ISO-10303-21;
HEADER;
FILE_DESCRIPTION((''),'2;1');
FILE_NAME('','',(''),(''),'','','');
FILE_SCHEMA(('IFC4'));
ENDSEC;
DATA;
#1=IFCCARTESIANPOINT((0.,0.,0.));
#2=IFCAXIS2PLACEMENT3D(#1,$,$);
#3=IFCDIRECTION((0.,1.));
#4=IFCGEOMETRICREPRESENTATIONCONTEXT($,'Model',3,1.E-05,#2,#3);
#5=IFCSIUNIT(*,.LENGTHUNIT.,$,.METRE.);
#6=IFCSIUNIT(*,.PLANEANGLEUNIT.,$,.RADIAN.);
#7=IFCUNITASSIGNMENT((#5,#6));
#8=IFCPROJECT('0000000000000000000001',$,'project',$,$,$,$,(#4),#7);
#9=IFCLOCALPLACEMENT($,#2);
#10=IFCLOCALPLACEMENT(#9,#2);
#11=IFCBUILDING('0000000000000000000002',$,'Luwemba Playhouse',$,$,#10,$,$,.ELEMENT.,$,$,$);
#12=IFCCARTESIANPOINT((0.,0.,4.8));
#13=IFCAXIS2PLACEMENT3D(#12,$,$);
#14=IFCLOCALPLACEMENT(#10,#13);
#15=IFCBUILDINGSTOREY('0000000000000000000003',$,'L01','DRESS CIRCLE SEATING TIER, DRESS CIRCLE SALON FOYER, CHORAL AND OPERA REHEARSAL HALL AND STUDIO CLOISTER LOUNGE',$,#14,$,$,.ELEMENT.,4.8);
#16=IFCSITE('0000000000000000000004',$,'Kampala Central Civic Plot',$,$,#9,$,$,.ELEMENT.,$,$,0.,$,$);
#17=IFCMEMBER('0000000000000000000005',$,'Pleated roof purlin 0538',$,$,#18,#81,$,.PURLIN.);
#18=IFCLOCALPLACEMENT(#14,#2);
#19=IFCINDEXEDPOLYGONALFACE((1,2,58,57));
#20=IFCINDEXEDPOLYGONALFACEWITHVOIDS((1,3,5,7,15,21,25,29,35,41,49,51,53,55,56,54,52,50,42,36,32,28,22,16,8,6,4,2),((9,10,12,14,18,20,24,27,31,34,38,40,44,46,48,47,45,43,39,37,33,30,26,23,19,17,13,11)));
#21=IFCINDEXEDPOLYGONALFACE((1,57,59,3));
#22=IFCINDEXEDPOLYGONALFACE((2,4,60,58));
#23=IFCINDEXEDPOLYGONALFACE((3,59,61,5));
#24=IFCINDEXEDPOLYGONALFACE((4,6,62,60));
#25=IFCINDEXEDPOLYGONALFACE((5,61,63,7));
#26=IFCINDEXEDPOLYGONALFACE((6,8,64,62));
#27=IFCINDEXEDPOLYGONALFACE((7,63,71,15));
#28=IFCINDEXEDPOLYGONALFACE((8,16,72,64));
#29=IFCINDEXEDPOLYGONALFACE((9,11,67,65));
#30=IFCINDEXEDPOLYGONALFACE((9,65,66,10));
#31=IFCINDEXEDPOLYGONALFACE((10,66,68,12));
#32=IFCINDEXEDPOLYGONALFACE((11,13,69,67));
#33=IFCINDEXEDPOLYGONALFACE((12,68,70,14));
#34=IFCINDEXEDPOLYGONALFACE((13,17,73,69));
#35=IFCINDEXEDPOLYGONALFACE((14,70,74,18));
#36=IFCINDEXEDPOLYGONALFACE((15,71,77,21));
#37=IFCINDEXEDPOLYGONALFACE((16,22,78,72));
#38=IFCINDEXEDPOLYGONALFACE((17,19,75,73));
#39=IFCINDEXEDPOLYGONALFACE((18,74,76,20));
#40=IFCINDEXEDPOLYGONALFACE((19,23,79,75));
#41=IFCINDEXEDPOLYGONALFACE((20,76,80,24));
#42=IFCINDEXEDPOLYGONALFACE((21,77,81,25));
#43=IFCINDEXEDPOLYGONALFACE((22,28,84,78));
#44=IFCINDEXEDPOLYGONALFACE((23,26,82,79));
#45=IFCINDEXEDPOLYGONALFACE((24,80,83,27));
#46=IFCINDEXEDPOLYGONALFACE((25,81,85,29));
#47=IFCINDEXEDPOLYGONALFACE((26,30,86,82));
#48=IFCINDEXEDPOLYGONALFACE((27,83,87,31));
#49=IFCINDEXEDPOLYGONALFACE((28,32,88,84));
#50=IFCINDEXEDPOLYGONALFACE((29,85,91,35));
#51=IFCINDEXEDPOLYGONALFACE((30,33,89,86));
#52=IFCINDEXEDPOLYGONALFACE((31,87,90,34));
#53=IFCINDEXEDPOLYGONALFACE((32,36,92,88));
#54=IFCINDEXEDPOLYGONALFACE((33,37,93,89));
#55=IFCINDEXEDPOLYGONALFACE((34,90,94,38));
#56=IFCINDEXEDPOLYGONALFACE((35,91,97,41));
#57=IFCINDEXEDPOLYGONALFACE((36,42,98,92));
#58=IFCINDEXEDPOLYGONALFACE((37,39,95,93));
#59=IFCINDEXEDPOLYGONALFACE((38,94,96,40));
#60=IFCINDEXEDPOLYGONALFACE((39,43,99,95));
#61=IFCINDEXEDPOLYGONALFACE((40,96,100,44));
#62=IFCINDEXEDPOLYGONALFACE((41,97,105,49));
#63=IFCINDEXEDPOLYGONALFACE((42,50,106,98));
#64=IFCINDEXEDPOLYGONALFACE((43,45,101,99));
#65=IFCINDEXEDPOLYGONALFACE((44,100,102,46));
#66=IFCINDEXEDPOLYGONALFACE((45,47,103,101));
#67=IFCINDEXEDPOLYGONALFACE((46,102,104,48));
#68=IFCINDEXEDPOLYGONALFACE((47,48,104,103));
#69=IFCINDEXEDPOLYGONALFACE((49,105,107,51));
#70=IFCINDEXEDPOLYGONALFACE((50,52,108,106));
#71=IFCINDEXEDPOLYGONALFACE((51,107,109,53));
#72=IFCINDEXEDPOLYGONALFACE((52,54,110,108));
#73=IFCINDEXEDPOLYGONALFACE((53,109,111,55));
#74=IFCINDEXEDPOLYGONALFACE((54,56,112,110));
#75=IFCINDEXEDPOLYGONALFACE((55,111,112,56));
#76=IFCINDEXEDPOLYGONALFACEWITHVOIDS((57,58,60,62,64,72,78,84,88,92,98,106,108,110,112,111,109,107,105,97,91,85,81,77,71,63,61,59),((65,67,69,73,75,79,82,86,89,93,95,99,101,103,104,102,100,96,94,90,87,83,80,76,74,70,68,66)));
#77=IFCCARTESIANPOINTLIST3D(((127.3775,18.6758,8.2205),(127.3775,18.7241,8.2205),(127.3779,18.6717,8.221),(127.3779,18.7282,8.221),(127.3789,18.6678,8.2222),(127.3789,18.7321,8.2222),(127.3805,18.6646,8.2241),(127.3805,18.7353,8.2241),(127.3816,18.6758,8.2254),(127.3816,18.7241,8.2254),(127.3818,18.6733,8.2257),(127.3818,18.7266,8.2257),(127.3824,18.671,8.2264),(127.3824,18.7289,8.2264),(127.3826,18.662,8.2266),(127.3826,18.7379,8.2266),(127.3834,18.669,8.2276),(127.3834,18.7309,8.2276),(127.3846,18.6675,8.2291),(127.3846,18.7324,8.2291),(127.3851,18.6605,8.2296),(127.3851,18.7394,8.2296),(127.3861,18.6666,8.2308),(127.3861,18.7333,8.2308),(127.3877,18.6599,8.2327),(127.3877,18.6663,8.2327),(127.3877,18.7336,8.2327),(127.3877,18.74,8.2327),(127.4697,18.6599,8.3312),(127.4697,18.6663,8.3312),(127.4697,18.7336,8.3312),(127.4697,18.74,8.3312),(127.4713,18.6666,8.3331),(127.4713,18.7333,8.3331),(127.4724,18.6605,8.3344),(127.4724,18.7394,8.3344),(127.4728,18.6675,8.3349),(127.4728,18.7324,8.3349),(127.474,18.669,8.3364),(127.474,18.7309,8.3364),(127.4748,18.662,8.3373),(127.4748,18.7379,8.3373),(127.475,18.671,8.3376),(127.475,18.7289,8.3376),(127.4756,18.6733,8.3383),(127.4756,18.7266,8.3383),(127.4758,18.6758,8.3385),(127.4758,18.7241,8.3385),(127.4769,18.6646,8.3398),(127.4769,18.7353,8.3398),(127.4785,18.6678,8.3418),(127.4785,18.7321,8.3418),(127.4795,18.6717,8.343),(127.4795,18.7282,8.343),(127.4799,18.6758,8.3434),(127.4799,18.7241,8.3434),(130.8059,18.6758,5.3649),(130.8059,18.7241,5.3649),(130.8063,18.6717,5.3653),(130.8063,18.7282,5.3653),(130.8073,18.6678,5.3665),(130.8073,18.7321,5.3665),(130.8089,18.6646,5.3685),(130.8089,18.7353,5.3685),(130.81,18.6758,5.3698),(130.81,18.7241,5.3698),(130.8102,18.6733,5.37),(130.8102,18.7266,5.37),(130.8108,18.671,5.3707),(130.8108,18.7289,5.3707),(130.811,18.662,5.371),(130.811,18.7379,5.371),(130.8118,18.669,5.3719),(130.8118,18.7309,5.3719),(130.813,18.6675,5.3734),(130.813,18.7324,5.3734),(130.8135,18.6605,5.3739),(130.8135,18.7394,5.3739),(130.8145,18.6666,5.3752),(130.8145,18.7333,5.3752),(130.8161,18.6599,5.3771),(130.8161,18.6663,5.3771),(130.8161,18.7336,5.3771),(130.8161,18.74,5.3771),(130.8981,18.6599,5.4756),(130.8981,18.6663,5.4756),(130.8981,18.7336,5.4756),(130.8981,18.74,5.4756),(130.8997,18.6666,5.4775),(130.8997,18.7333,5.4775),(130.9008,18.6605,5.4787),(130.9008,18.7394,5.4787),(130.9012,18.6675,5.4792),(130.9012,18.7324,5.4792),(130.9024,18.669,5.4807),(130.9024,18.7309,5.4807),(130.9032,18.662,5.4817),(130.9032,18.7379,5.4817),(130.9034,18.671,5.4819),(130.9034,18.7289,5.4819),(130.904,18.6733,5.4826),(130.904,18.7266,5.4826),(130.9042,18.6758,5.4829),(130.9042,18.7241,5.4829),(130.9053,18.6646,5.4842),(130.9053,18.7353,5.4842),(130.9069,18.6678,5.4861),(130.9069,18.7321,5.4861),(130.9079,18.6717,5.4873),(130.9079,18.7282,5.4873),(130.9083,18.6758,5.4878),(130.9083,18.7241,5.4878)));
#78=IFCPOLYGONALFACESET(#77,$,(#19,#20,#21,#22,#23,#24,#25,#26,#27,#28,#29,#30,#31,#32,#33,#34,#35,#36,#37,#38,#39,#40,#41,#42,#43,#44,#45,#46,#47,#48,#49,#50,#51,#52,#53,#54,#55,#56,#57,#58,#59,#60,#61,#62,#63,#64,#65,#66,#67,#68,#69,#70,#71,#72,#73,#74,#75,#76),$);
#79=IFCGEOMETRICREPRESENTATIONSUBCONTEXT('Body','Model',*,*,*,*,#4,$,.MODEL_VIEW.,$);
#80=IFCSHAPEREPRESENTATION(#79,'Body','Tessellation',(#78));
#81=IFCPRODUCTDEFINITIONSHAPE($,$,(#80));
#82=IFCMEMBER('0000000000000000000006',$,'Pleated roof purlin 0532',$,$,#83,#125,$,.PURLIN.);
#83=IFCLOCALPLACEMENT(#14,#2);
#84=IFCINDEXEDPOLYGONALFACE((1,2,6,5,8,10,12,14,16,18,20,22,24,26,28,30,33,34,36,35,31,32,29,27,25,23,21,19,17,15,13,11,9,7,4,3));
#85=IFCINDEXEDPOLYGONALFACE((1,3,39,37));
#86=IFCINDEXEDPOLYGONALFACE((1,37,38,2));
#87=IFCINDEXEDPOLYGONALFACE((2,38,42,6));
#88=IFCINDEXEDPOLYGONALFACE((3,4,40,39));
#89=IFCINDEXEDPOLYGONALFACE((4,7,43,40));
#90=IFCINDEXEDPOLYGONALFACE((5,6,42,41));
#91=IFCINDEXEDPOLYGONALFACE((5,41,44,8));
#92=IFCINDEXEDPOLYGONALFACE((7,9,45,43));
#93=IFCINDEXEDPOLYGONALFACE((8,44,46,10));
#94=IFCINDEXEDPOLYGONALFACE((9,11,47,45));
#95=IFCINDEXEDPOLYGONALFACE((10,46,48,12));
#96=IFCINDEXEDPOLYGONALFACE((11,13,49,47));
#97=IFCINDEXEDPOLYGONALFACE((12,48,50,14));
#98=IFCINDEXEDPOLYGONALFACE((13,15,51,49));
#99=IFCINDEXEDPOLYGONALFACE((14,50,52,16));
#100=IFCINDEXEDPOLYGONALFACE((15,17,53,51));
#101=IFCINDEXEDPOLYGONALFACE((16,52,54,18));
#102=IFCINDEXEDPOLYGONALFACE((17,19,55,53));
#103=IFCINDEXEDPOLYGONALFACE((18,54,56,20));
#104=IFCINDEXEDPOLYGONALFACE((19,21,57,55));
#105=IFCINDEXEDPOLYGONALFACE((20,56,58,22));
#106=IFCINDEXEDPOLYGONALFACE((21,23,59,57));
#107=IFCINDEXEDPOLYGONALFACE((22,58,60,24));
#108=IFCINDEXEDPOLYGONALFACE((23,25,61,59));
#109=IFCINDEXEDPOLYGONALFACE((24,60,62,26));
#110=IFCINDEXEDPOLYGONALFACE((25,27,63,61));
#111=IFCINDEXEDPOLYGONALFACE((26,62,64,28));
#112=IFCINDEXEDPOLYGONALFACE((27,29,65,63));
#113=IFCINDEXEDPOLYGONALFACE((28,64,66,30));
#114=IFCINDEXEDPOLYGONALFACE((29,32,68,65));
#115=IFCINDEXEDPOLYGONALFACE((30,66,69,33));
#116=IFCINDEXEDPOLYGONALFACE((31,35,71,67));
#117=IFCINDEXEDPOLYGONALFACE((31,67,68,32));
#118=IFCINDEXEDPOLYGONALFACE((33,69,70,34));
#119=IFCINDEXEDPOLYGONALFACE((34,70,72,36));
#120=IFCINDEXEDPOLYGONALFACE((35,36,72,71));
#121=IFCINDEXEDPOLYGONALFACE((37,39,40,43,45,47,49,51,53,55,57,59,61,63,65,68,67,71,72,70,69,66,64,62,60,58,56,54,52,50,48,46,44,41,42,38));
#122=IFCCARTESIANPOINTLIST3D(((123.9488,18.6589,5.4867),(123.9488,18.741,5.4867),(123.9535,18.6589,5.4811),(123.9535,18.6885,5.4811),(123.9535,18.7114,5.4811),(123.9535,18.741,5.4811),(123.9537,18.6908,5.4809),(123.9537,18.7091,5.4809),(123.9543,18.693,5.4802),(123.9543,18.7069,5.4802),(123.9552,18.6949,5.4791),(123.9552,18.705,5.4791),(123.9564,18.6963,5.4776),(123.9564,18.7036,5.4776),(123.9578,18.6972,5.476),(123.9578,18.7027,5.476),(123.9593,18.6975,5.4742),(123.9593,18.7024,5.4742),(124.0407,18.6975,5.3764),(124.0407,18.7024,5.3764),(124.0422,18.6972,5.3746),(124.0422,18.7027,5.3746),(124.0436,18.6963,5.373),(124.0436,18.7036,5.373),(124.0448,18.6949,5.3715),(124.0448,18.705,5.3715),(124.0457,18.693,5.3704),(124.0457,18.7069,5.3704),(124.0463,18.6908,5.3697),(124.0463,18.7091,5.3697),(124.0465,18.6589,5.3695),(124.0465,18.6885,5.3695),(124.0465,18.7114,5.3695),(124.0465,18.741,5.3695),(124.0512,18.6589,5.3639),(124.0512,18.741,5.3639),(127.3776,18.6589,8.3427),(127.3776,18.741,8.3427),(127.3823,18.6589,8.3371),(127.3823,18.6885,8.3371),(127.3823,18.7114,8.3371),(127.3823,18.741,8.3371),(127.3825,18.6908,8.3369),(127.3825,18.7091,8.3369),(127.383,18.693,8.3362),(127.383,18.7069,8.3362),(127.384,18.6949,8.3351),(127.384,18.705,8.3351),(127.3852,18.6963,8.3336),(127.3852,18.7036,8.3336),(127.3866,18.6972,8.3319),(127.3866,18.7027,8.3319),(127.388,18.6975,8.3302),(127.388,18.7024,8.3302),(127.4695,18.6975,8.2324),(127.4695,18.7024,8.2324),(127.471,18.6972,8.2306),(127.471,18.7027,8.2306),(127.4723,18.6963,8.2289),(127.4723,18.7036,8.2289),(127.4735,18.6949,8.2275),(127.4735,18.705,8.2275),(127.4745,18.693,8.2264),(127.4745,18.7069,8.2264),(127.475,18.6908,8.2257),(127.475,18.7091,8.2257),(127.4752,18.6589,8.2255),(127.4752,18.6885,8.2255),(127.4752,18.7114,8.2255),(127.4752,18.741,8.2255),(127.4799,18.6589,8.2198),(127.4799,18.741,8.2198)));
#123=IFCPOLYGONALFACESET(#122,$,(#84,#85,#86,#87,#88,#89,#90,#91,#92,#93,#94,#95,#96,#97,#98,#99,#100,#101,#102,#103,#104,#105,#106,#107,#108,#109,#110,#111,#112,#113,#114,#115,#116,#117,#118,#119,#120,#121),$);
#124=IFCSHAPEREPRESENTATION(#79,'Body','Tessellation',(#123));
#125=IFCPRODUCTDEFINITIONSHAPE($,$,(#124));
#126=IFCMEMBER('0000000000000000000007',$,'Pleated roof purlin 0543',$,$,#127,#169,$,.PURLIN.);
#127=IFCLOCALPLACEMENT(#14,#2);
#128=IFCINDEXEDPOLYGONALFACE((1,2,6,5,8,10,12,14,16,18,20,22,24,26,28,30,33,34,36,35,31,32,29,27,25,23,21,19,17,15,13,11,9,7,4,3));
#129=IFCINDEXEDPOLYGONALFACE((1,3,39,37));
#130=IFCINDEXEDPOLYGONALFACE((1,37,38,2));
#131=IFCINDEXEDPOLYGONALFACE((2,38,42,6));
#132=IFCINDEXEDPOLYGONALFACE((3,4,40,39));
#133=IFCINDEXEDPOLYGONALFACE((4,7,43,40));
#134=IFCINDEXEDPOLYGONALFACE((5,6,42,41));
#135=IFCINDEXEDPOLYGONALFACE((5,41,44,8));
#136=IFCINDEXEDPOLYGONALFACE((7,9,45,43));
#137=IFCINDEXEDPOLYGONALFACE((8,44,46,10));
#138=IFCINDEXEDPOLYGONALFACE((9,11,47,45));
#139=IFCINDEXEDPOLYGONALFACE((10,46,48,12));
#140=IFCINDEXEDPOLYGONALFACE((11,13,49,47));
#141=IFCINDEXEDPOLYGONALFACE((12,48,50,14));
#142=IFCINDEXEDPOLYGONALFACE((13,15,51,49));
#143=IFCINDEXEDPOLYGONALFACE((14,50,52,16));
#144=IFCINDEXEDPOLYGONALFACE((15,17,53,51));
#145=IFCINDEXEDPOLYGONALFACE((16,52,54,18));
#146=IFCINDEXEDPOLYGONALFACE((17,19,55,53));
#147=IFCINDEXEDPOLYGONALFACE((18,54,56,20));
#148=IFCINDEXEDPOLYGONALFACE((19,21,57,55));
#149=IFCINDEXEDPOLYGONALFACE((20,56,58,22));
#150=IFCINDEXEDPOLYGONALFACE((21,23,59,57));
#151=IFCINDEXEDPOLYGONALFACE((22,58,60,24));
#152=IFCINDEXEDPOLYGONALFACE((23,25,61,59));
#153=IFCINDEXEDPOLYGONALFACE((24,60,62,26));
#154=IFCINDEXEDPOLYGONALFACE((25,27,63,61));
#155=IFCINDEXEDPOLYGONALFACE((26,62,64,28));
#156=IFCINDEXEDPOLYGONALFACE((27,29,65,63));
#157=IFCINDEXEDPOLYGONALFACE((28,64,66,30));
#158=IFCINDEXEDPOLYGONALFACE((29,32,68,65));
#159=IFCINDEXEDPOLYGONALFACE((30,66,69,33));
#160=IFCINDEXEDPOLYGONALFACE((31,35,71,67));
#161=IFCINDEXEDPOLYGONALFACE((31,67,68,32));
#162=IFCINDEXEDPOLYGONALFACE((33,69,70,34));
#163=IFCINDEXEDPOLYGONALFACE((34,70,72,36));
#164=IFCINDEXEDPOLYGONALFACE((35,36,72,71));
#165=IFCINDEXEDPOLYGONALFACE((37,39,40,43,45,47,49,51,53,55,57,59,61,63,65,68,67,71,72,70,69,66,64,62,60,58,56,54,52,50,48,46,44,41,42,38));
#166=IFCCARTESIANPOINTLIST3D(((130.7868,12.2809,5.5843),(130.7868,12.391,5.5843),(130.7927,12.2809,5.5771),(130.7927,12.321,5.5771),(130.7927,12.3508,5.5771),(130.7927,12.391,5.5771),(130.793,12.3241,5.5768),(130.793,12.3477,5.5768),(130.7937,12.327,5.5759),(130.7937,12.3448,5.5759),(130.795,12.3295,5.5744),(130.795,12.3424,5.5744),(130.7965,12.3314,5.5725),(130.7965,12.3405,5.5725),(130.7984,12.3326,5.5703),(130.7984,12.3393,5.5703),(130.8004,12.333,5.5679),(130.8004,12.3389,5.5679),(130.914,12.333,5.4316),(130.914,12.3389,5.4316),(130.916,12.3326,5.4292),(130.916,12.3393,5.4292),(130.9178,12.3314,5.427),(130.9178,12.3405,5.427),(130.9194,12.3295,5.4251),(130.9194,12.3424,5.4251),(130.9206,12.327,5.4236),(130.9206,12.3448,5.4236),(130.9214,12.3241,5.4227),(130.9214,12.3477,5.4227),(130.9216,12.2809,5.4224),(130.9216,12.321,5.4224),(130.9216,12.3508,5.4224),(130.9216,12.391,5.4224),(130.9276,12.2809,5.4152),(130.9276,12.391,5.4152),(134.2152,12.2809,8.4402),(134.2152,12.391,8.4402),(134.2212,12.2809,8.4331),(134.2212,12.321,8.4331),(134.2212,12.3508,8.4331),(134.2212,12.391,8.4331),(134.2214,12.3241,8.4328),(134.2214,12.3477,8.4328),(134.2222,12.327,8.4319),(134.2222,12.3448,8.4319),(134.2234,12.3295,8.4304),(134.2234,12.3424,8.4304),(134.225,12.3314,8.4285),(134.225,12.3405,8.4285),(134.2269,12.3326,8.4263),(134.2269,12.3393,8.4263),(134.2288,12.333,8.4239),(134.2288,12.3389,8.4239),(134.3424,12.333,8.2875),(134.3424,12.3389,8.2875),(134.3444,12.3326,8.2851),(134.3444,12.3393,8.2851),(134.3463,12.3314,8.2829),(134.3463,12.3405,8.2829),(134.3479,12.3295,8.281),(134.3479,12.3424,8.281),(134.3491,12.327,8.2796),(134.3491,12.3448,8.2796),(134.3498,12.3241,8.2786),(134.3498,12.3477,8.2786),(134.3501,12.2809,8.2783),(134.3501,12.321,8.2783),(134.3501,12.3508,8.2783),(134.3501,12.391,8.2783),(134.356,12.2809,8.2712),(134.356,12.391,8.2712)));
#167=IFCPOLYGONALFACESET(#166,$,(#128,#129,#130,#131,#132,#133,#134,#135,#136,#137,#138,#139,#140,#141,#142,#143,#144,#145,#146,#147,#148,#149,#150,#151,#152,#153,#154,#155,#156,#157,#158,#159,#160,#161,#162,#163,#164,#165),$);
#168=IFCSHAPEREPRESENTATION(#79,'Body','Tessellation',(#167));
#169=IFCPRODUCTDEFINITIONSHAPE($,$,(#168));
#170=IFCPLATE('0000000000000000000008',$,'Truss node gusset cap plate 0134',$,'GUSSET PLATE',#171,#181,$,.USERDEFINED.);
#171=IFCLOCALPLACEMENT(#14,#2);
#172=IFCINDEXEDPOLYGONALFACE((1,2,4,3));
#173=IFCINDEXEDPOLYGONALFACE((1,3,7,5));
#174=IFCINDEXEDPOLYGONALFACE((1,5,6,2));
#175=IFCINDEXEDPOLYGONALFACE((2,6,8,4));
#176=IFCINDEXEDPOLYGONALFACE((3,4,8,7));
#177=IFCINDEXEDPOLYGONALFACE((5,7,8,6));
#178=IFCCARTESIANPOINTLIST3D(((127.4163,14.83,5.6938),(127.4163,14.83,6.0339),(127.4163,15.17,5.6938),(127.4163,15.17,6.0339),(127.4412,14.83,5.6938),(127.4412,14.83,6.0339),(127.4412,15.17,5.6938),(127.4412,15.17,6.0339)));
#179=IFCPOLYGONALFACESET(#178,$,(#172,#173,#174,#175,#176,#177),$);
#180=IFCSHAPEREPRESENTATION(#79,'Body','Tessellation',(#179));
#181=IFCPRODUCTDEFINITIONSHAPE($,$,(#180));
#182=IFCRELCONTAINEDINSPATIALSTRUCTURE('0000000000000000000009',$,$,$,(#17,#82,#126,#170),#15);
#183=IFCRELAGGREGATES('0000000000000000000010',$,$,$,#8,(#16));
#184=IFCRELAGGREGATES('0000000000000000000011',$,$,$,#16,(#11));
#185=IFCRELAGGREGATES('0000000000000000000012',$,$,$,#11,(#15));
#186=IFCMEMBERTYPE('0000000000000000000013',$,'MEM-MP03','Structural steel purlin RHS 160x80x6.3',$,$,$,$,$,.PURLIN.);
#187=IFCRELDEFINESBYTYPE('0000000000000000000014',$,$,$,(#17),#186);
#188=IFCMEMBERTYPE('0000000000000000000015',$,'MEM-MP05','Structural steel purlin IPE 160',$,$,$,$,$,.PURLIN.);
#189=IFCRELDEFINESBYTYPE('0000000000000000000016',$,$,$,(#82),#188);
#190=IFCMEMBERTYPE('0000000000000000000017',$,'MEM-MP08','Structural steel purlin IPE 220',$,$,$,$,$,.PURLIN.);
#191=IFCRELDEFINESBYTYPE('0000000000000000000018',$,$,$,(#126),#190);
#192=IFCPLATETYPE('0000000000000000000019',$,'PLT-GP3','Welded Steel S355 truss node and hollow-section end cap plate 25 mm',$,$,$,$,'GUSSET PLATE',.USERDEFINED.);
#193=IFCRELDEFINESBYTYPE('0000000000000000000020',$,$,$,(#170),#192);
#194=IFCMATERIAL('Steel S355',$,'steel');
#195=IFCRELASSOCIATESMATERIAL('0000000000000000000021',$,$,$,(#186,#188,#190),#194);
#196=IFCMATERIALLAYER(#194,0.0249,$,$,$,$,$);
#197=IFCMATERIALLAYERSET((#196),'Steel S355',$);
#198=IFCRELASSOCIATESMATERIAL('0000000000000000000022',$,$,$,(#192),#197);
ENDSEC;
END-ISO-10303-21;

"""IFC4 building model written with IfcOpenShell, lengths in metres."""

from ifc_helpers import new_model, si_unit, direction, frame, origin, origin_2d, place, context, subcontext, project, spatial, rectangle, hollow_rectangle, i_section, extrude, material, layer, layer_set, material_profile, profile_set, type_object, element, save


model = new_model("IFC4")

# Units and contexts
model_context = context("Model", 3, precision=1e-05, world=origin(), true_north=direction((0.0, 1.0)))
body_context = subcontext(model_context, "Body", "Model", "MODEL_VIEW")
ifc_project = project(units=[si_unit("LENGTHUNIT", "METRE"), si_unit("PLANEANGLEUNIT", "RADIAN")], contexts=[model_context])

# Site, building, storey
site_placement = place(None, origin())
site = spatial("IfcSite", under=ifc_project, at=site_placement, Name="Kampala Central Civic Plot", CompositionType="ELEMENT", RefElevation=0.0)
building_placement = place(site_placement, origin())
building = spatial("IfcBuilding", under=site, at=building_placement, Name="Luwemba Playhouse", CompositionType="ELEMENT")
storey_placement = place(building_placement, frame((0.0, 0.0, 4.8)))
storey = spatial("IfcBuildingStorey", under=building, at=storey_placement, Name="L01", Description="DRESS CIRCLE SEATING TIER, DRESS CIRCLE SALON FOYER, CHORAL AND OPERA REHEARSAL HALL AND STUDIO CLOISTER LOUNGE", CompositionType="ELEMENT", Elevation=4.8)

# Shared definitions
ifc_material_1 = material(Name="Steel S355", Category="steel")

# Members
ifc_material_profile_1 = material_profile(ifc_material_1, hollow_rectangle(XDim=0.0801, YDim=0.1599, WallThickness=0.0063, InnerFilletRadius=0.0095, OuterFilletRadius=0.0159, at=origin_2d()))
ifc_profile_set_1 = profile_set([ifc_material_profile_1], Name="Steel S355")
member_type_1 = type_object("IfcMemberType", Name="MEM-MP03", Description="Structural steel purlin RHS 160x80x6.3", PredefinedType="PURLIN", material=ifc_profile_set_1)
member_1_placement = place(storey_placement, frame((127.4287, 18.7, 8.282), z_axis=(0.768369, 0.0, -0.640007), x_axis=(0.0, 1.0, 0.0)))
element("IfcMember", 1, at=member_1_placement, inside=storey, type_object=member_type_1, Name="Pleated roof purlin 0538", PredefinedType="PURLIN", context=body_context, shape_type="SweptSolid", body=[
    extrude(hollow_rectangle(XDim=0.0801, YDim=0.1599, WallThickness=0.0063, InnerFilletRadius=0.0095, OuterFilletRadius=0.0159, at=origin_2d()), origin(), (0.0, 0.0, 1.0), 4.4619),
])
ifc_material_profile_2 = material_profile(ifc_material_1, i_section(OverallWidth=0.082, OverallDepth=0.1599, WebThickness=0.0049, FlangeThickness=0.0073, FilletRadius=0.009, at=origin_2d()))
ifc_profile_set_2 = profile_set([ifc_material_profile_2], Name="Steel S355")
member_type_2 = type_object("IfcMemberType", Name="MEM-MP05", Description="Structural steel purlin IPE 160", PredefinedType="PURLIN", material=ifc_profile_set_2)
member_2_placement = place(storey_placement, frame((124.0, 18.7, 5.4253), z_axis=(0.768365, 0.0, 0.640012), x_axis=(0.0, 1.0, 0.0)))
element("IfcMember", 2, at=member_2_placement, inside=storey, type_object=member_type_2, Name="Pleated roof purlin 0532", PredefinedType="PURLIN", context=body_context, shape_type="SweptSolid", body=[
    extrude(i_section(OverallWidth=0.082, OverallDepth=0.1599, WebThickness=0.0049, FlangeThickness=0.0073, FilletRadius=0.009, at=origin_2d()), origin(), (0.0, 0.0, 1.0), 4.4624),
])
ifc_material_profile_3 = material_profile(ifc_material_1, i_section(OverallWidth=0.1101, OverallDepth=0.22, WebThickness=0.0059, FlangeThickness=0.0093, FilletRadius=0.012, at=origin_2d()))
ifc_profile_set_3 = profile_set([ifc_material_profile_3], Name="Steel S355")
member_type_3 = type_object("IfcMemberType", Name="MEM-MP08", Description="Structural steel purlin IPE 220", PredefinedType="PURLIN", material=ifc_profile_set_3)
member_3_placement = place(storey_placement, frame((130.8572, 12.3359, 5.4998), z_axis=(0.768342, 0.0, 0.640039), x_axis=(0.0, 1.0, 0.0)))
element("IfcMember", 3, at=member_3_placement, inside=storey, type_object=member_type_3, Name="Pleated roof purlin 0543", PredefinedType="PURLIN", context=body_context, shape_type="SweptSolid", body=[
    extrude(i_section(OverallWidth=0.1101, OverallDepth=0.22, WebThickness=0.0059, FlangeThickness=0.0093, FilletRadius=0.012, at=origin_2d()), origin(), (0.0, 0.0, 1.0), 4.4622),
])

# Plate
ifc_layer_1 = layer(ifc_material_1, 0.0249)
ifc_layer_set_1 = layer_set([ifc_layer_1], Name="Steel S355")
plate_type = type_object("IfcPlateType", Name="PLT-GP3", Description="Welded Steel S355 truss node and hollow-section end cap plate 25 mm", ElementType="GUSSET PLATE", PredefinedType="USERDEFINED", material=ifc_layer_set_1)
plate_placement = place(storey_placement, frame((127.4287, 15.0, 5.6938), z_axis=(0.0, 0.0, 1.0), x_axis=(1.0, 0.0, 0.0)))
element("IfcPlate", 4, at=plate_placement, inside=storey, type_object=plate_type, Name="Truss node gusset cap plate 0134", ObjectType="GUSSET PLATE", PredefinedType="USERDEFINED", context=body_context, shape_type="SweptSolid", body=[
    extrude(rectangle(XDim=0.0249, YDim=0.3401, at=origin_2d()), origin(), (0.0, 0.0, 1.0), 0.3401),
])

save(model, "model.ifc")
